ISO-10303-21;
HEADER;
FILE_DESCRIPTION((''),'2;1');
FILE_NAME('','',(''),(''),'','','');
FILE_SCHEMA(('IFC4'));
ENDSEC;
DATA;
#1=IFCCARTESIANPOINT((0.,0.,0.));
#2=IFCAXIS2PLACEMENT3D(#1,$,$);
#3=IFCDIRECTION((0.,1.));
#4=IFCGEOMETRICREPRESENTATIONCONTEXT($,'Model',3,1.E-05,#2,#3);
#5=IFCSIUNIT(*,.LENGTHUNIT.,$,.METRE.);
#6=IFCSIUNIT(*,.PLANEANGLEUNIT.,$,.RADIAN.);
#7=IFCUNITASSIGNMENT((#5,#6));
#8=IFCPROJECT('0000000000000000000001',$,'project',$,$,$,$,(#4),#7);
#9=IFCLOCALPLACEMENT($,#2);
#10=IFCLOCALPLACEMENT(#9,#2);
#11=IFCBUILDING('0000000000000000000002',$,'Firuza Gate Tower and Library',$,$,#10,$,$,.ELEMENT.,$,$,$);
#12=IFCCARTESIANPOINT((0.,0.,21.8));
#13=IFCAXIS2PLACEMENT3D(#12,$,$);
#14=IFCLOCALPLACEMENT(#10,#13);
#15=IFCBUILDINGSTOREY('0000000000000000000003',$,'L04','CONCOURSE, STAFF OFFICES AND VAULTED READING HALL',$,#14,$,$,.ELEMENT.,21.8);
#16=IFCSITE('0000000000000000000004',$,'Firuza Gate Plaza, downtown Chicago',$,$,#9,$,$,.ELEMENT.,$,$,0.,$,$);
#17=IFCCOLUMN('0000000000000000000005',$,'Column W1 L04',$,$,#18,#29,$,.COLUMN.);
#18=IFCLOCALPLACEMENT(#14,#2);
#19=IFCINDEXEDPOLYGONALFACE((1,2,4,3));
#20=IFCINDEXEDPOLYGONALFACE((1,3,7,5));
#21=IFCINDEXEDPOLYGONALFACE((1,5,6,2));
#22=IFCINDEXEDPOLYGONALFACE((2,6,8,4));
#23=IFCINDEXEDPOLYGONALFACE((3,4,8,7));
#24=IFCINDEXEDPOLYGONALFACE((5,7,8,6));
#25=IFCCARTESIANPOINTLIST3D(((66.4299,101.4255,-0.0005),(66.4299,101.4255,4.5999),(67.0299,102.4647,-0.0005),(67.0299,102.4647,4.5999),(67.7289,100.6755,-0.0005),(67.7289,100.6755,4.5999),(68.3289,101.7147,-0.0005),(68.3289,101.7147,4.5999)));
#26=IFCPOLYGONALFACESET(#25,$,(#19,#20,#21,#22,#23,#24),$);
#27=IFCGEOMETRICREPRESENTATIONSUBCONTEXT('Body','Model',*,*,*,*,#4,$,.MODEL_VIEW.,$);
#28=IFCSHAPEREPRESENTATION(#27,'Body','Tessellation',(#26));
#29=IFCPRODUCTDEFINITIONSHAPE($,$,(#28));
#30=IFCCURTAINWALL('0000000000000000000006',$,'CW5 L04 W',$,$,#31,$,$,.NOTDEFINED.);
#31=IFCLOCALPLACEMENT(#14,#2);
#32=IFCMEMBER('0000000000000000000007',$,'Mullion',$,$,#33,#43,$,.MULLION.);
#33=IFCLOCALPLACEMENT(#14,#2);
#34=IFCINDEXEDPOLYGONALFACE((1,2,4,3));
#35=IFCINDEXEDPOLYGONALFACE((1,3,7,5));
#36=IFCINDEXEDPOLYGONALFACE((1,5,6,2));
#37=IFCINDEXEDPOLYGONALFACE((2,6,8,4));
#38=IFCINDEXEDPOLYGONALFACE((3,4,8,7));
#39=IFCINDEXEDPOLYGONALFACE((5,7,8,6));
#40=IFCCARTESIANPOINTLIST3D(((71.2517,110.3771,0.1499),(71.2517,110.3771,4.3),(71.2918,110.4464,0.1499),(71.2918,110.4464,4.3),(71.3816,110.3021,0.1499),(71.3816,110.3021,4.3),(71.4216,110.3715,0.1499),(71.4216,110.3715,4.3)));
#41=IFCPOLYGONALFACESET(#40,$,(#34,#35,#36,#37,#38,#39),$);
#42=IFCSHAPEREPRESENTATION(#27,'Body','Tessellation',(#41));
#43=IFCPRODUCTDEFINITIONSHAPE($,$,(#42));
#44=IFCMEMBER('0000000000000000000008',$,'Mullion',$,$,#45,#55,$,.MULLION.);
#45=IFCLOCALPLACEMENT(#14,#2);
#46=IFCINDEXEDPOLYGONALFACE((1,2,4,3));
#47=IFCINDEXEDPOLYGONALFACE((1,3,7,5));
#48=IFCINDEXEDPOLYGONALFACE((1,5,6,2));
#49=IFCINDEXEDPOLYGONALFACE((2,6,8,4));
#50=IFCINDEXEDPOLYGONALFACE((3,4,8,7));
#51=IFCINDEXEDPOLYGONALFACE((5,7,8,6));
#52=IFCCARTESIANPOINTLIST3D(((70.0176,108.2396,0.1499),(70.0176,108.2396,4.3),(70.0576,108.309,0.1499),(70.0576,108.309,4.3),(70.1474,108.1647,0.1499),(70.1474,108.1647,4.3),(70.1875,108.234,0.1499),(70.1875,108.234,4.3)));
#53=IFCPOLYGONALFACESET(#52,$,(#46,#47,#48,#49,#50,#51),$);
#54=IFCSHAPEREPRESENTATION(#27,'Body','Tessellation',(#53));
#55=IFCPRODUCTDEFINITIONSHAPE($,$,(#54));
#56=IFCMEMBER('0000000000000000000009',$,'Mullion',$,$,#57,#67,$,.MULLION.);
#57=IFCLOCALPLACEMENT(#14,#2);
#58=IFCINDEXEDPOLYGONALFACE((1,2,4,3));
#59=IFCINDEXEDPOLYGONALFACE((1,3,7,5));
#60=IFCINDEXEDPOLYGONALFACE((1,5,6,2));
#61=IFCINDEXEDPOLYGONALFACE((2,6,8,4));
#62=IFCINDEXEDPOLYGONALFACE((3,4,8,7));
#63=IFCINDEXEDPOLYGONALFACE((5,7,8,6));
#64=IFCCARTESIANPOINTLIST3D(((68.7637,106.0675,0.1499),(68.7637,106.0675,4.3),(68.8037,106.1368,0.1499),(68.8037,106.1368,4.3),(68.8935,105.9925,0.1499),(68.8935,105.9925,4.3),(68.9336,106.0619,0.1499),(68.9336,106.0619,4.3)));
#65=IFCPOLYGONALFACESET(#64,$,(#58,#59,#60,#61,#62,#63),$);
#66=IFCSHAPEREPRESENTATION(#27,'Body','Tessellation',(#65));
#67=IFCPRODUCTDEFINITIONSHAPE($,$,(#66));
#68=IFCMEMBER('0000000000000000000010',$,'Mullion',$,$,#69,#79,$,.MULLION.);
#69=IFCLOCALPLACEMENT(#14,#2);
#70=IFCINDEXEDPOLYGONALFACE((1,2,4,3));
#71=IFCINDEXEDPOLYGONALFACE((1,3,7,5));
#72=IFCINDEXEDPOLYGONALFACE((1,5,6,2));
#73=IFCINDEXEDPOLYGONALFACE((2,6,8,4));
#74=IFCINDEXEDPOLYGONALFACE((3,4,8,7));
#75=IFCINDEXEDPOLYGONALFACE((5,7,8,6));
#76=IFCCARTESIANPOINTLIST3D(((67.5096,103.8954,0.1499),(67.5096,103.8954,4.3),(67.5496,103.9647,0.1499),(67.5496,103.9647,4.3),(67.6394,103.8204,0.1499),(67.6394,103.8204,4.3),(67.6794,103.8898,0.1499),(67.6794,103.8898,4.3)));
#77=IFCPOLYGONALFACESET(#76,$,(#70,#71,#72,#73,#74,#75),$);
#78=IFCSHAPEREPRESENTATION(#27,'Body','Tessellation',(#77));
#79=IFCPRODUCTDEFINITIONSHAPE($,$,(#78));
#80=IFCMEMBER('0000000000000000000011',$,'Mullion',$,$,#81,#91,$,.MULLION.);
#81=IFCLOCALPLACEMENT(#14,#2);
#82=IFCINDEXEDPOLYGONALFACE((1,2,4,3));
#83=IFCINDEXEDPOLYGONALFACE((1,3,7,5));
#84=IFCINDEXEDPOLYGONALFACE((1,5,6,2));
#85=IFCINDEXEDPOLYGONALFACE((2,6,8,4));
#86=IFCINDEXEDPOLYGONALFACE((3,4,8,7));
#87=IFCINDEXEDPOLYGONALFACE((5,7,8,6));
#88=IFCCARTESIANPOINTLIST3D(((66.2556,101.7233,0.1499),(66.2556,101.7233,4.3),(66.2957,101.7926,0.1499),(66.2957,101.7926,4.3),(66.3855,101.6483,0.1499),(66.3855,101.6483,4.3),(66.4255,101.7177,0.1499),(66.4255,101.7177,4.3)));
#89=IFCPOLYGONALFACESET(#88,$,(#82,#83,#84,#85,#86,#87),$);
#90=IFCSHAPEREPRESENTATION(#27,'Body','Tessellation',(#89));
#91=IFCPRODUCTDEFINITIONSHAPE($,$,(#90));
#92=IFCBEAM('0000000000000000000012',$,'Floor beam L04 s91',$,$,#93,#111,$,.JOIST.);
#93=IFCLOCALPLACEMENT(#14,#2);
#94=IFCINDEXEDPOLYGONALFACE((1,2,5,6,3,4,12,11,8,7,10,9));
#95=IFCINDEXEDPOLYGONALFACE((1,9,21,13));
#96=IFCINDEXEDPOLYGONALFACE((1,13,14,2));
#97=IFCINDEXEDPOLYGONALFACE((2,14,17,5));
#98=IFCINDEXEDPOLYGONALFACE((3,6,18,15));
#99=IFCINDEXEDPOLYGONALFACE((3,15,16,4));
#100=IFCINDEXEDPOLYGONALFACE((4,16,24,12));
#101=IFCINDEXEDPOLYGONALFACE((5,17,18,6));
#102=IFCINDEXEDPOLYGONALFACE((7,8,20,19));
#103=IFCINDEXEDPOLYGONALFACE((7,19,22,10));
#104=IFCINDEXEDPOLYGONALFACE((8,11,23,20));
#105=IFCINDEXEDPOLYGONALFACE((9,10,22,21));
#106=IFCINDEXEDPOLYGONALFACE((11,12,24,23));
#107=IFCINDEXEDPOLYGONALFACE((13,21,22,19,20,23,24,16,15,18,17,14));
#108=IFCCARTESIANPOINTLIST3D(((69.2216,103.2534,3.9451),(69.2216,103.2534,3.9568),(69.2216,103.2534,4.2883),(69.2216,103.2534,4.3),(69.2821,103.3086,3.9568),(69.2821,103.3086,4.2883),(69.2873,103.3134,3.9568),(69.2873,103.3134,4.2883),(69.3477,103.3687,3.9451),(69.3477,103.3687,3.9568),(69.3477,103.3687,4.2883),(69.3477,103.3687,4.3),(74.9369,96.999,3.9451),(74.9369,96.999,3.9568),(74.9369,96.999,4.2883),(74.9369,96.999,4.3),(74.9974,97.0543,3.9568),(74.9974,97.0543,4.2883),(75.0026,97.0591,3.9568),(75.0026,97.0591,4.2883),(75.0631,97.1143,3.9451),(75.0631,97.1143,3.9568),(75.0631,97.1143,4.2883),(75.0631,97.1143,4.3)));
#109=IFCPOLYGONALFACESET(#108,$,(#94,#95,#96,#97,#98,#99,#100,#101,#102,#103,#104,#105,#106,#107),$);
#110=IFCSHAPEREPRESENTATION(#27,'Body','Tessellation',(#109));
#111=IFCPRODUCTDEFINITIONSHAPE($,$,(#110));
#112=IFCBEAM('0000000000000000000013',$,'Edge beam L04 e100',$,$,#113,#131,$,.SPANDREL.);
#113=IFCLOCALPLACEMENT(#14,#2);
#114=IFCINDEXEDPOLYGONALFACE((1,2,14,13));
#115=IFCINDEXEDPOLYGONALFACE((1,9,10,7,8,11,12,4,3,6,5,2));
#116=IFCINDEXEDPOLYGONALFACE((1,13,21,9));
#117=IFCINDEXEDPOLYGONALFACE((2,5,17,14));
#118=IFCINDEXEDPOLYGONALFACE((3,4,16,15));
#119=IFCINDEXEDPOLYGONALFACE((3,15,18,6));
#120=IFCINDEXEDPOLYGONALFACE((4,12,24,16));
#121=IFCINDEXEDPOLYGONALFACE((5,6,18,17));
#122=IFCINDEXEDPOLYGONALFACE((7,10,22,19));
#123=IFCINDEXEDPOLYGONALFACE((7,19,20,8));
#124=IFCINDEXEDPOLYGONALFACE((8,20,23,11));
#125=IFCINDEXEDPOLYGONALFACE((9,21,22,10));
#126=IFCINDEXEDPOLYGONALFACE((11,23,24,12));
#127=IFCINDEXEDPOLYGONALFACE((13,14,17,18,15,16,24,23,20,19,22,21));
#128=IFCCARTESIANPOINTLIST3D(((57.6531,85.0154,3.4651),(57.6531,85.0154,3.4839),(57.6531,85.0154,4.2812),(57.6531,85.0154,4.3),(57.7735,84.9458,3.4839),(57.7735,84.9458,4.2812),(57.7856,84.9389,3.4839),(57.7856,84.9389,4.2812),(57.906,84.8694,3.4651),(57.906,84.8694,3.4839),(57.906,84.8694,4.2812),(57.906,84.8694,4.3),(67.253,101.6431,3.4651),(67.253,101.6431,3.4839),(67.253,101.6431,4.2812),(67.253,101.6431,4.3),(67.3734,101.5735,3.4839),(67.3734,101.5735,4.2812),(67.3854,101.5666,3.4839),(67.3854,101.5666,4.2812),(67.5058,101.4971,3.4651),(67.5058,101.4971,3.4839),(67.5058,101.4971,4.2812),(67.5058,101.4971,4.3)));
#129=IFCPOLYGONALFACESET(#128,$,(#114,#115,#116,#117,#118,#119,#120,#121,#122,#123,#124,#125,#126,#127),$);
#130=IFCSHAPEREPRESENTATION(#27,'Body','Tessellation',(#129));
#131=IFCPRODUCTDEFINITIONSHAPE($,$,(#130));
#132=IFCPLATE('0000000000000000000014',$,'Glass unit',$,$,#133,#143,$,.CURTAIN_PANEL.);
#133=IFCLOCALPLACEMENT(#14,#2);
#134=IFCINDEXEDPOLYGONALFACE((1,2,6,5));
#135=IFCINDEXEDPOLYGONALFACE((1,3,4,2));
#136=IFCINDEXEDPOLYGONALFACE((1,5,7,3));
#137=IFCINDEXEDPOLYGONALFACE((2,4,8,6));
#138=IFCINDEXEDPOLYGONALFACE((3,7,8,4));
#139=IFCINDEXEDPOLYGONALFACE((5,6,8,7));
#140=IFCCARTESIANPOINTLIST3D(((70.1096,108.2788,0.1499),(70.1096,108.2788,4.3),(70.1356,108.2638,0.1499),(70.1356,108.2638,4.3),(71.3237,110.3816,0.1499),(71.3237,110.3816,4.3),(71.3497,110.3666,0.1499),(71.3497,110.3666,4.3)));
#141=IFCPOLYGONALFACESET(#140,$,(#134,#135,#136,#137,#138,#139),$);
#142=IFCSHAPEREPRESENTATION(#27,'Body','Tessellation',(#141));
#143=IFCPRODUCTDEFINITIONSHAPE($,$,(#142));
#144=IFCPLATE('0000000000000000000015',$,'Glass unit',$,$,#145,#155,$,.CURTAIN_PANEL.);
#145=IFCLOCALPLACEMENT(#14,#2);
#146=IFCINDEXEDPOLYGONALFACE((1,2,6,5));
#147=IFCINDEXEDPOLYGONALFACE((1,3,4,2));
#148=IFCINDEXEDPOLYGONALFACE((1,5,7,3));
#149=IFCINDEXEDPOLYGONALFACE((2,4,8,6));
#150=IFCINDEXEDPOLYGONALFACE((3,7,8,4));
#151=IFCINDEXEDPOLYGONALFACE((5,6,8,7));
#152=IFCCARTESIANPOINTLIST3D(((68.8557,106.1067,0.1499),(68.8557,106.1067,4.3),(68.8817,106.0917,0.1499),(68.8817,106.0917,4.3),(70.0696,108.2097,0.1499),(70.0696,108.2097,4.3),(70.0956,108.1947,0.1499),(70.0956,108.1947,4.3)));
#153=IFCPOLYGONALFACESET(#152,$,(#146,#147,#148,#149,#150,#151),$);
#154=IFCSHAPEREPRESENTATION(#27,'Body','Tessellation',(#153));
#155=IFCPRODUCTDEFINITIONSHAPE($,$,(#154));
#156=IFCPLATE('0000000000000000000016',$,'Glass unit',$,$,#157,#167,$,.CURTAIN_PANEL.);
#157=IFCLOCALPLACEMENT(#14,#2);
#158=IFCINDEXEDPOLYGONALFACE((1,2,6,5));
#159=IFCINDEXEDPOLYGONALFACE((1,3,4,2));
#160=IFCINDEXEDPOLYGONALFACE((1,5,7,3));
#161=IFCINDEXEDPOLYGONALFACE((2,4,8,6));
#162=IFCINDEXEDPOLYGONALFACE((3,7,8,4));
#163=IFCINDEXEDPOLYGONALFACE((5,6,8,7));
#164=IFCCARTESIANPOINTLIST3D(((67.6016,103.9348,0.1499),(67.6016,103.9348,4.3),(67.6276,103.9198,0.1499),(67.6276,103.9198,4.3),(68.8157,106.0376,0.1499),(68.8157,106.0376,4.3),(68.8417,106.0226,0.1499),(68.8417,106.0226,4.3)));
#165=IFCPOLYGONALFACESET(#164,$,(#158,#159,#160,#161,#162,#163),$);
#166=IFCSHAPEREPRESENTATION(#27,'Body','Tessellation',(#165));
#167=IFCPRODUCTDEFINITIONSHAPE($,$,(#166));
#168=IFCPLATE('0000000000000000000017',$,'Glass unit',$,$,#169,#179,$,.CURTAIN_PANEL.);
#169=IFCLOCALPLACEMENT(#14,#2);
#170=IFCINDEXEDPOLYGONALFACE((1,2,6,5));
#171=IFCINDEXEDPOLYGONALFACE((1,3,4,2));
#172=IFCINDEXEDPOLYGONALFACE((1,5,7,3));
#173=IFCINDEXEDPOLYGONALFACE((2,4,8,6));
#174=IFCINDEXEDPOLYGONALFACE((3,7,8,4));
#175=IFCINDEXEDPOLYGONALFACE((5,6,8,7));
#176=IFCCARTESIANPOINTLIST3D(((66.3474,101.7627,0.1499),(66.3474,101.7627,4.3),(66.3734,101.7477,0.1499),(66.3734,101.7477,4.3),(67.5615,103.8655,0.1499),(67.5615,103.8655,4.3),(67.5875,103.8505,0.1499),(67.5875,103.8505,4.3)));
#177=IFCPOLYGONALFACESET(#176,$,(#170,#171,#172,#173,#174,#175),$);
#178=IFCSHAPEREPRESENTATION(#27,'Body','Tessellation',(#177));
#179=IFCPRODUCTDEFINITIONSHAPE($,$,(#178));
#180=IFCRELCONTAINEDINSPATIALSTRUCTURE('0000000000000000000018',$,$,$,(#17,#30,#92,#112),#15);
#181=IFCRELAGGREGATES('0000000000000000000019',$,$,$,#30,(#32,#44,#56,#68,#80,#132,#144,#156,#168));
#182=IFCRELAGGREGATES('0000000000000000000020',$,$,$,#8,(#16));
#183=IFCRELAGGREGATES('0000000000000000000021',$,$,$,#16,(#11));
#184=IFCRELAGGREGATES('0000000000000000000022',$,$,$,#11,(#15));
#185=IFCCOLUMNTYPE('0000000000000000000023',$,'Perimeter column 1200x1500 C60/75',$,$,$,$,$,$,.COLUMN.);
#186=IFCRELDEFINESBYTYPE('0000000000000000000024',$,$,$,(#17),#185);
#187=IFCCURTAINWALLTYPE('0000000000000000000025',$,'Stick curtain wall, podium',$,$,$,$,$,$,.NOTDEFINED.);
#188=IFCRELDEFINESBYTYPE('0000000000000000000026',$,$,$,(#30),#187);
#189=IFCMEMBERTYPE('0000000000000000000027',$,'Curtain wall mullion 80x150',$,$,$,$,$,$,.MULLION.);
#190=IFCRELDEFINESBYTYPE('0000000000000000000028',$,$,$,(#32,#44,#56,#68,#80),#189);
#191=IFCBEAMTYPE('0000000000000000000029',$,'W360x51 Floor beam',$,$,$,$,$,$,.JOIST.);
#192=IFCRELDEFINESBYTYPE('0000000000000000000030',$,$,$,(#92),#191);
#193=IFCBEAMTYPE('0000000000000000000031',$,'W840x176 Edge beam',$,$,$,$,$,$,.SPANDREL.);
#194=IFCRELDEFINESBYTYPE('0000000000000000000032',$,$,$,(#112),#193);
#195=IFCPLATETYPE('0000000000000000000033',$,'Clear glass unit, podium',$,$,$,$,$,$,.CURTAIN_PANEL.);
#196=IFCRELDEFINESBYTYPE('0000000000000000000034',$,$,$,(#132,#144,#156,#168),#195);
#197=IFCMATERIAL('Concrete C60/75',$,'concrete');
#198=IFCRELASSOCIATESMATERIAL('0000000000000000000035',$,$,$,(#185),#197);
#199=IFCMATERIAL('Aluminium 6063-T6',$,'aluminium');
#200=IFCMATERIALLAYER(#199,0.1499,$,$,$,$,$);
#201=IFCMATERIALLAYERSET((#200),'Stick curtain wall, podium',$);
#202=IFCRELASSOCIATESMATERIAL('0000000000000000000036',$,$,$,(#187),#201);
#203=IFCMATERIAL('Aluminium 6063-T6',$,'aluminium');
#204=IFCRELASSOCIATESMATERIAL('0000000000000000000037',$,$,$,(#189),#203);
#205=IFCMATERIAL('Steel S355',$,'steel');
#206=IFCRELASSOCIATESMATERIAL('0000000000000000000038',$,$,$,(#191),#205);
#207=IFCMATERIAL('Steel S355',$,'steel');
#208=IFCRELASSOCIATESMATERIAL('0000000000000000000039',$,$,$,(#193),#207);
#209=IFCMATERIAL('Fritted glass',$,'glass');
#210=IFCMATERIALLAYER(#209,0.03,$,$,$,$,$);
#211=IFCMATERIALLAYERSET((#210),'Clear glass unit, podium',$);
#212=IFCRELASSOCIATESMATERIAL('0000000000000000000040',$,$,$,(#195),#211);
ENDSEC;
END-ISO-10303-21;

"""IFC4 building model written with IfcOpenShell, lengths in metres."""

from ifc_helpers import new_model, si_unit, direction, frame, origin, origin_2d, place, context, subcontext, project, spatial, polyline, rectangle, i_section, outline, extrude, material, layer, layer_set, material_profile, profile_set, type_object, element, aggregate, save


model = new_model("IFC4")

# Units and contexts
model_context = context("Model", 3, precision=1e-05, world=origin(), true_north=direction((0.0, 1.0)))
body_context = subcontext(model_context, "Body", "Model", "MODEL_VIEW")
ifc_project = project(units=[si_unit("LENGTHUNIT", "METRE"), si_unit("PLANEANGLEUNIT", "RADIAN")], contexts=[model_context])

# Site, building, storey
site_placement = place(None, origin())
site = spatial("IfcSite", under=ifc_project, at=site_placement, Name="Firuza Gate Plaza, downtown Chicago", CompositionType="ELEMENT", RefElevation=0.0)
building_placement = place(site_placement, origin())
building = spatial("IfcBuilding", under=site, at=building_placement, Name="Firuza Gate Tower and Library", CompositionType="ELEMENT")
storey_placement = place(building_placement, frame((0.0, 0.0, 21.8)))
storey = spatial("IfcBuildingStorey", under=building, at=storey_placement, Name="L04", Description="CONCOURSE, STAFF OFFICES AND VAULTED READING HALL", CompositionType="ELEMENT", Elevation=21.8)

# Column
ifc_material_1 = material(Name="Concrete C60/75", Category="concrete")
ifc_material_profile_1 = material_profile(ifc_material_1, rectangle(XDim=1.2, YDim=1.5, at=origin_2d()))
ifc_profile_set_1 = profile_set([ifc_material_profile_1], Name="Concrete C60/75")
column_type = type_object("IfcColumnType", Name="Perimeter column 1200x1500 C60/75", PredefinedType="COLUMN", material=ifc_profile_set_1)
column_placement = place(storey_placement, frame((67.3794, 101.5701, -0.0005), z_axis=(0.0, 0.0, 1.0), x_axis=(-0.5, -0.866025, 0.0)))
element("IfcColumn", 1, at=column_placement, inside=storey, type_object=column_type, Name="Column W1 L04", PredefinedType="COLUMN", context=body_context, shape_type="SweptSolid", body=[
    extrude(rectangle(XDim=1.2, YDim=1.5, at=origin_2d()), origin(), (0.0, 0.0, 1.0), 4.6003),
])

# Curtain wall, members
ifc_material_2 = material(Name="Aluminium 6063-T6", Category="aluminium")
ifc_layer_1 = layer(ifc_material_2, 0.1499)
ifc_layer_set_1 = layer_set([ifc_layer_1], Name="Stick curtain wall, podium")
curtain_wall_type = type_object("IfcCurtainWallType", Name="Stick curtain wall, podium", PredefinedType="NOTDEFINED", material=ifc_layer_set_1)
curtain_wall_placement = place(storey_placement, origin())
curtain_wall = element("IfcCurtainWall", 2, at=curtain_wall_placement, inside=storey, type_object=curtain_wall_type, Name="CW5 L04 W", PredefinedType="NOTDEFINED")
ifc_material_3 = material(Name="Aluminium 6063-T6", Category="aluminium")
ifc_material_profile_2 = material_profile(ifc_material_3, rectangle(XDim=0.1499, YDim=0.0801, at=origin_2d()))
ifc_profile_set_2 = profile_set([ifc_material_profile_2], Name="Aluminium 6063-T6")
member_type = type_object("IfcMemberType", Name="Curtain wall mullion 80x150", PredefinedType="MULLION", material=ifc_profile_set_2)
member_1_placement = place(storey_placement, frame((71.3367, 110.3743, 0.1499), z_axis=(0.0, 0.0, 1.0), x_axis=(0.866025, -0.5, 0.0)))
member_1 = element("IfcMember", 3, at=member_1_placement, type_object=member_type, Name="Mullion", PredefinedType="MULLION", context=body_context, shape_type="SweptSolid", body=[
    extrude(rectangle(XDim=0.1499, YDim=0.0801, at=origin_2d()), origin(), (0.0, 0.0, 1.0), 4.1501),
])
member_2_placement = place(storey_placement, frame((70.1025, 108.2368, 0.1499), z_axis=(0.0, 0.0, 1.0), x_axis=(0.866025, -0.5, 0.0)))
member_2 = element("IfcMember", 4, at=member_2_placement, type_object=member_type, Name="Mullion", PredefinedType="MULLION", context=body_context, shape_type="SweptSolid", body=[
    extrude(rectangle(XDim=0.1499, YDim=0.0801, at=origin_2d()), origin(), (0.0, 0.0, 1.0), 4.1501),
])
member_3_placement = place(storey_placement, frame((68.8486, 106.0647, 0.1499), z_axis=(0.0, 0.0, 1.0), x_axis=(0.866025, -0.5, 0.0)))
member_3 = element("IfcMember", 5, at=member_3_placement, type_object=member_type, Name="Mullion", PredefinedType="MULLION", context=body_context, shape_type="SweptSolid", body=[
    extrude(rectangle(XDim=0.1499, YDim=0.0801, at=origin_2d()), origin(), (0.0, 0.0, 1.0), 4.1501),
])
member_4_placement = place(storey_placement, frame((67.5945, 103.8926, 0.1499), z_axis=(0.0, 0.0, 1.0), x_axis=(0.866025, -0.5, 0.0)))
member_4 = element("IfcMember", 6, at=member_4_placement, type_object=member_type, Name="Mullion", PredefinedType="MULLION", context=body_context, shape_type="SweptSolid", body=[
    extrude(rectangle(XDim=0.1499, YDim=0.0801, at=origin_2d()), origin(), (0.0, 0.0, 1.0), 4.1501),
])
member_5_placement = place(storey_placement, frame((66.3406, 101.7205, 0.1499), z_axis=(0.0, 0.0, 1.0), x_axis=(0.866025, -0.5, 0.0)))
member_5 = element("IfcMember", 7, at=member_5_placement, type_object=member_type, Name="Mullion", PredefinedType="MULLION", context=body_context, shape_type="SweptSolid", body=[
    extrude(rectangle(XDim=0.1499, YDim=0.0801, at=origin_2d()), origin(), (0.0, 0.0, 1.0), 4.1501),
])

# Beams
ifc_material_4 = material(Name="Steel S355", Category="steel")
ifc_material_profile_3 = material_profile(ifc_material_4, i_section(OverallWidth=0.1709, OverallDepth=0.355, WebThickness=0.0071, FlangeThickness=0.0117, at=origin_2d()))
ifc_profile_set_3 = profile_set([ifc_material_profile_3], Name="Steel S355")
beam_type_1 = type_object("IfcBeamType", Name="W360x51 Floor beam", PredefinedType="JOIST", material=ifc_profile_set_3)
beam_1_placement = place(storey_placement, frame((69.2847, 103.311, 4.1226), z_axis=(0.674578, -0.738203, 0.0), x_axis=(0.738203, 0.674578, 0.0)))
element("IfcBeam", 8, at=beam_1_placement, inside=storey, type_object=beam_type_1, Name="Floor beam L04 s91", PredefinedType="JOIST", context=body_context, shape_type="SweptSolid", body=[
    extrude(i_section(OverallWidth=0.1709, OverallDepth=0.355, WebThickness=0.0071, FlangeThickness=0.0117, at=origin_2d()), origin(), (0.0, 0.0, 1.0), 8.4724),
])
ifc_material_5 = material(Name="Steel S355", Category="steel")
ifc_material_profile_4 = material_profile(ifc_material_5, i_section(OverallWidth=0.292, OverallDepth=0.835, WebThickness=0.0139, FlangeThickness=0.0188, at=origin_2d()))
ifc_profile_set_4 = profile_set([ifc_material_profile_4], Name="Steel S355")
beam_type_2 = type_object("IfcBeamType", Name="W840x176 Edge beam", PredefinedType="SPANDREL", material=ifc_profile_set_4)
beam_2_placement = place(storey_placement, frame((67.3794, 101.5701, 3.8826), z_axis=(-0.499994, -0.866029, 0.0), x_axis=(0.866029, -0.499994, 0.0)))
element("IfcBeam", 9, at=beam_2_placement, inside=storey, type_object=beam_type_2, Name="Edge beam L04 e100", PredefinedType="SPANDREL", context=body_context, shape_type="SweptSolid", body=[
    extrude(i_section(OverallWidth=0.292, OverallDepth=0.835, WebThickness=0.0139, FlangeThickness=0.0188, at=origin_2d()), origin(), (0.0, 0.0, 1.0), 19.2),
])

# Plates
ifc_material_6 = material(Name="Fritted glass", Category="glass")
ifc_layer_2 = layer(ifc_material_6, 0.03)
ifc_layer_set_2 = layer_set([ifc_layer_2], Name="Clear glass unit, podium")
plate_type = type_object("IfcPlateType", Name="Clear glass unit, podium", PredefinedType="CURTAIN_PANEL", material=ifc_layer_set_2)
plate_1_placement = place(storey_placement, frame((71.3237, 110.3816, 0.1499), z_axis=(-0.866013, 0.500021, 0.0), x_axis=(-0.500021, -0.866013, 0.0)))
plate_1 = element("IfcPlate", 10, at=plate_1_placement, type_object=plate_type, Name="Glass unit", PredefinedType="CURTAIN_PANEL", context=body_context, shape_type="SweptSolid", body=[
    extrude(outline(polyline([(0.0, 0.0), (2.4281, 0.0), (2.4281, 4.1501), (0.0, 4.1501), (0.0, 0.0)])), origin(), (0.0, 0.0, -1.0), 0.03),
])
plate_2_placement = place(storey_placement, frame((70.0696, 108.2097, 0.1499), z_axis=(-0.866082, 0.499902, 0.0), x_axis=(-0.499902, -0.866082, 0.0)))
plate_2 = element("IfcPlate", 11, at=plate_2_placement, type_object=plate_type, Name="Glass unit", PredefinedType="CURTAIN_PANEL", context=body_context, shape_type="SweptSolid", body=[
    extrude(outline(polyline([(0.0, 0.0), (2.4282, 0.0), (2.4282, 4.1501), (0.0, 4.1501), (0.0, 0.0)])), origin(), (0.0, 0.0, -1.0), 0.03),
])
plate_3_placement = place(storey_placement, frame((68.8157, 106.0376, 0.1499), z_axis=(-0.866013, 0.500021, 0.0), x_axis=(-0.500021, -0.866013, 0.0)))
plate_3 = element("IfcPlate", 12, at=plate_3_placement, type_object=plate_type, Name="Glass unit", PredefinedType="CURTAIN_PANEL", context=body_context, shape_type="SweptSolid", body=[
    extrude(outline(polyline([(0.0, 0.0), (2.4281, 0.0), (2.4281, 4.1501), (0.0, 4.1501), (0.0, 0.0)])), origin(), (0.0, 0.0, -1.0), 0.03),
])
plate_4_placement = place(storey_placement, frame((67.5615, 103.8655, 0.1499), z_axis=(-0.866013, 0.500021, 0.0), x_axis=(-0.500021, -0.866013, 0.0)))
plate_4 = element("IfcPlate", 13, at=plate_4_placement, type_object=plate_type, Name="Glass unit", PredefinedType="CURTAIN_PANEL", context=body_context, shape_type="SweptSolid", body=[
    extrude(outline(polyline([(0.0, 0.0), (2.4281, 0.0), (2.4281, 4.1501), (0.0, 4.1501), (0.0, 0.0)])), origin(), (0.0, 0.0, -1.0), 0.03),
])
aggregate(curtain_wall, [member_1, member_2, member_3, member_4, member_5, plate_1, plate_2, plate_3, plate_4])

save(model, "model.ifc")
